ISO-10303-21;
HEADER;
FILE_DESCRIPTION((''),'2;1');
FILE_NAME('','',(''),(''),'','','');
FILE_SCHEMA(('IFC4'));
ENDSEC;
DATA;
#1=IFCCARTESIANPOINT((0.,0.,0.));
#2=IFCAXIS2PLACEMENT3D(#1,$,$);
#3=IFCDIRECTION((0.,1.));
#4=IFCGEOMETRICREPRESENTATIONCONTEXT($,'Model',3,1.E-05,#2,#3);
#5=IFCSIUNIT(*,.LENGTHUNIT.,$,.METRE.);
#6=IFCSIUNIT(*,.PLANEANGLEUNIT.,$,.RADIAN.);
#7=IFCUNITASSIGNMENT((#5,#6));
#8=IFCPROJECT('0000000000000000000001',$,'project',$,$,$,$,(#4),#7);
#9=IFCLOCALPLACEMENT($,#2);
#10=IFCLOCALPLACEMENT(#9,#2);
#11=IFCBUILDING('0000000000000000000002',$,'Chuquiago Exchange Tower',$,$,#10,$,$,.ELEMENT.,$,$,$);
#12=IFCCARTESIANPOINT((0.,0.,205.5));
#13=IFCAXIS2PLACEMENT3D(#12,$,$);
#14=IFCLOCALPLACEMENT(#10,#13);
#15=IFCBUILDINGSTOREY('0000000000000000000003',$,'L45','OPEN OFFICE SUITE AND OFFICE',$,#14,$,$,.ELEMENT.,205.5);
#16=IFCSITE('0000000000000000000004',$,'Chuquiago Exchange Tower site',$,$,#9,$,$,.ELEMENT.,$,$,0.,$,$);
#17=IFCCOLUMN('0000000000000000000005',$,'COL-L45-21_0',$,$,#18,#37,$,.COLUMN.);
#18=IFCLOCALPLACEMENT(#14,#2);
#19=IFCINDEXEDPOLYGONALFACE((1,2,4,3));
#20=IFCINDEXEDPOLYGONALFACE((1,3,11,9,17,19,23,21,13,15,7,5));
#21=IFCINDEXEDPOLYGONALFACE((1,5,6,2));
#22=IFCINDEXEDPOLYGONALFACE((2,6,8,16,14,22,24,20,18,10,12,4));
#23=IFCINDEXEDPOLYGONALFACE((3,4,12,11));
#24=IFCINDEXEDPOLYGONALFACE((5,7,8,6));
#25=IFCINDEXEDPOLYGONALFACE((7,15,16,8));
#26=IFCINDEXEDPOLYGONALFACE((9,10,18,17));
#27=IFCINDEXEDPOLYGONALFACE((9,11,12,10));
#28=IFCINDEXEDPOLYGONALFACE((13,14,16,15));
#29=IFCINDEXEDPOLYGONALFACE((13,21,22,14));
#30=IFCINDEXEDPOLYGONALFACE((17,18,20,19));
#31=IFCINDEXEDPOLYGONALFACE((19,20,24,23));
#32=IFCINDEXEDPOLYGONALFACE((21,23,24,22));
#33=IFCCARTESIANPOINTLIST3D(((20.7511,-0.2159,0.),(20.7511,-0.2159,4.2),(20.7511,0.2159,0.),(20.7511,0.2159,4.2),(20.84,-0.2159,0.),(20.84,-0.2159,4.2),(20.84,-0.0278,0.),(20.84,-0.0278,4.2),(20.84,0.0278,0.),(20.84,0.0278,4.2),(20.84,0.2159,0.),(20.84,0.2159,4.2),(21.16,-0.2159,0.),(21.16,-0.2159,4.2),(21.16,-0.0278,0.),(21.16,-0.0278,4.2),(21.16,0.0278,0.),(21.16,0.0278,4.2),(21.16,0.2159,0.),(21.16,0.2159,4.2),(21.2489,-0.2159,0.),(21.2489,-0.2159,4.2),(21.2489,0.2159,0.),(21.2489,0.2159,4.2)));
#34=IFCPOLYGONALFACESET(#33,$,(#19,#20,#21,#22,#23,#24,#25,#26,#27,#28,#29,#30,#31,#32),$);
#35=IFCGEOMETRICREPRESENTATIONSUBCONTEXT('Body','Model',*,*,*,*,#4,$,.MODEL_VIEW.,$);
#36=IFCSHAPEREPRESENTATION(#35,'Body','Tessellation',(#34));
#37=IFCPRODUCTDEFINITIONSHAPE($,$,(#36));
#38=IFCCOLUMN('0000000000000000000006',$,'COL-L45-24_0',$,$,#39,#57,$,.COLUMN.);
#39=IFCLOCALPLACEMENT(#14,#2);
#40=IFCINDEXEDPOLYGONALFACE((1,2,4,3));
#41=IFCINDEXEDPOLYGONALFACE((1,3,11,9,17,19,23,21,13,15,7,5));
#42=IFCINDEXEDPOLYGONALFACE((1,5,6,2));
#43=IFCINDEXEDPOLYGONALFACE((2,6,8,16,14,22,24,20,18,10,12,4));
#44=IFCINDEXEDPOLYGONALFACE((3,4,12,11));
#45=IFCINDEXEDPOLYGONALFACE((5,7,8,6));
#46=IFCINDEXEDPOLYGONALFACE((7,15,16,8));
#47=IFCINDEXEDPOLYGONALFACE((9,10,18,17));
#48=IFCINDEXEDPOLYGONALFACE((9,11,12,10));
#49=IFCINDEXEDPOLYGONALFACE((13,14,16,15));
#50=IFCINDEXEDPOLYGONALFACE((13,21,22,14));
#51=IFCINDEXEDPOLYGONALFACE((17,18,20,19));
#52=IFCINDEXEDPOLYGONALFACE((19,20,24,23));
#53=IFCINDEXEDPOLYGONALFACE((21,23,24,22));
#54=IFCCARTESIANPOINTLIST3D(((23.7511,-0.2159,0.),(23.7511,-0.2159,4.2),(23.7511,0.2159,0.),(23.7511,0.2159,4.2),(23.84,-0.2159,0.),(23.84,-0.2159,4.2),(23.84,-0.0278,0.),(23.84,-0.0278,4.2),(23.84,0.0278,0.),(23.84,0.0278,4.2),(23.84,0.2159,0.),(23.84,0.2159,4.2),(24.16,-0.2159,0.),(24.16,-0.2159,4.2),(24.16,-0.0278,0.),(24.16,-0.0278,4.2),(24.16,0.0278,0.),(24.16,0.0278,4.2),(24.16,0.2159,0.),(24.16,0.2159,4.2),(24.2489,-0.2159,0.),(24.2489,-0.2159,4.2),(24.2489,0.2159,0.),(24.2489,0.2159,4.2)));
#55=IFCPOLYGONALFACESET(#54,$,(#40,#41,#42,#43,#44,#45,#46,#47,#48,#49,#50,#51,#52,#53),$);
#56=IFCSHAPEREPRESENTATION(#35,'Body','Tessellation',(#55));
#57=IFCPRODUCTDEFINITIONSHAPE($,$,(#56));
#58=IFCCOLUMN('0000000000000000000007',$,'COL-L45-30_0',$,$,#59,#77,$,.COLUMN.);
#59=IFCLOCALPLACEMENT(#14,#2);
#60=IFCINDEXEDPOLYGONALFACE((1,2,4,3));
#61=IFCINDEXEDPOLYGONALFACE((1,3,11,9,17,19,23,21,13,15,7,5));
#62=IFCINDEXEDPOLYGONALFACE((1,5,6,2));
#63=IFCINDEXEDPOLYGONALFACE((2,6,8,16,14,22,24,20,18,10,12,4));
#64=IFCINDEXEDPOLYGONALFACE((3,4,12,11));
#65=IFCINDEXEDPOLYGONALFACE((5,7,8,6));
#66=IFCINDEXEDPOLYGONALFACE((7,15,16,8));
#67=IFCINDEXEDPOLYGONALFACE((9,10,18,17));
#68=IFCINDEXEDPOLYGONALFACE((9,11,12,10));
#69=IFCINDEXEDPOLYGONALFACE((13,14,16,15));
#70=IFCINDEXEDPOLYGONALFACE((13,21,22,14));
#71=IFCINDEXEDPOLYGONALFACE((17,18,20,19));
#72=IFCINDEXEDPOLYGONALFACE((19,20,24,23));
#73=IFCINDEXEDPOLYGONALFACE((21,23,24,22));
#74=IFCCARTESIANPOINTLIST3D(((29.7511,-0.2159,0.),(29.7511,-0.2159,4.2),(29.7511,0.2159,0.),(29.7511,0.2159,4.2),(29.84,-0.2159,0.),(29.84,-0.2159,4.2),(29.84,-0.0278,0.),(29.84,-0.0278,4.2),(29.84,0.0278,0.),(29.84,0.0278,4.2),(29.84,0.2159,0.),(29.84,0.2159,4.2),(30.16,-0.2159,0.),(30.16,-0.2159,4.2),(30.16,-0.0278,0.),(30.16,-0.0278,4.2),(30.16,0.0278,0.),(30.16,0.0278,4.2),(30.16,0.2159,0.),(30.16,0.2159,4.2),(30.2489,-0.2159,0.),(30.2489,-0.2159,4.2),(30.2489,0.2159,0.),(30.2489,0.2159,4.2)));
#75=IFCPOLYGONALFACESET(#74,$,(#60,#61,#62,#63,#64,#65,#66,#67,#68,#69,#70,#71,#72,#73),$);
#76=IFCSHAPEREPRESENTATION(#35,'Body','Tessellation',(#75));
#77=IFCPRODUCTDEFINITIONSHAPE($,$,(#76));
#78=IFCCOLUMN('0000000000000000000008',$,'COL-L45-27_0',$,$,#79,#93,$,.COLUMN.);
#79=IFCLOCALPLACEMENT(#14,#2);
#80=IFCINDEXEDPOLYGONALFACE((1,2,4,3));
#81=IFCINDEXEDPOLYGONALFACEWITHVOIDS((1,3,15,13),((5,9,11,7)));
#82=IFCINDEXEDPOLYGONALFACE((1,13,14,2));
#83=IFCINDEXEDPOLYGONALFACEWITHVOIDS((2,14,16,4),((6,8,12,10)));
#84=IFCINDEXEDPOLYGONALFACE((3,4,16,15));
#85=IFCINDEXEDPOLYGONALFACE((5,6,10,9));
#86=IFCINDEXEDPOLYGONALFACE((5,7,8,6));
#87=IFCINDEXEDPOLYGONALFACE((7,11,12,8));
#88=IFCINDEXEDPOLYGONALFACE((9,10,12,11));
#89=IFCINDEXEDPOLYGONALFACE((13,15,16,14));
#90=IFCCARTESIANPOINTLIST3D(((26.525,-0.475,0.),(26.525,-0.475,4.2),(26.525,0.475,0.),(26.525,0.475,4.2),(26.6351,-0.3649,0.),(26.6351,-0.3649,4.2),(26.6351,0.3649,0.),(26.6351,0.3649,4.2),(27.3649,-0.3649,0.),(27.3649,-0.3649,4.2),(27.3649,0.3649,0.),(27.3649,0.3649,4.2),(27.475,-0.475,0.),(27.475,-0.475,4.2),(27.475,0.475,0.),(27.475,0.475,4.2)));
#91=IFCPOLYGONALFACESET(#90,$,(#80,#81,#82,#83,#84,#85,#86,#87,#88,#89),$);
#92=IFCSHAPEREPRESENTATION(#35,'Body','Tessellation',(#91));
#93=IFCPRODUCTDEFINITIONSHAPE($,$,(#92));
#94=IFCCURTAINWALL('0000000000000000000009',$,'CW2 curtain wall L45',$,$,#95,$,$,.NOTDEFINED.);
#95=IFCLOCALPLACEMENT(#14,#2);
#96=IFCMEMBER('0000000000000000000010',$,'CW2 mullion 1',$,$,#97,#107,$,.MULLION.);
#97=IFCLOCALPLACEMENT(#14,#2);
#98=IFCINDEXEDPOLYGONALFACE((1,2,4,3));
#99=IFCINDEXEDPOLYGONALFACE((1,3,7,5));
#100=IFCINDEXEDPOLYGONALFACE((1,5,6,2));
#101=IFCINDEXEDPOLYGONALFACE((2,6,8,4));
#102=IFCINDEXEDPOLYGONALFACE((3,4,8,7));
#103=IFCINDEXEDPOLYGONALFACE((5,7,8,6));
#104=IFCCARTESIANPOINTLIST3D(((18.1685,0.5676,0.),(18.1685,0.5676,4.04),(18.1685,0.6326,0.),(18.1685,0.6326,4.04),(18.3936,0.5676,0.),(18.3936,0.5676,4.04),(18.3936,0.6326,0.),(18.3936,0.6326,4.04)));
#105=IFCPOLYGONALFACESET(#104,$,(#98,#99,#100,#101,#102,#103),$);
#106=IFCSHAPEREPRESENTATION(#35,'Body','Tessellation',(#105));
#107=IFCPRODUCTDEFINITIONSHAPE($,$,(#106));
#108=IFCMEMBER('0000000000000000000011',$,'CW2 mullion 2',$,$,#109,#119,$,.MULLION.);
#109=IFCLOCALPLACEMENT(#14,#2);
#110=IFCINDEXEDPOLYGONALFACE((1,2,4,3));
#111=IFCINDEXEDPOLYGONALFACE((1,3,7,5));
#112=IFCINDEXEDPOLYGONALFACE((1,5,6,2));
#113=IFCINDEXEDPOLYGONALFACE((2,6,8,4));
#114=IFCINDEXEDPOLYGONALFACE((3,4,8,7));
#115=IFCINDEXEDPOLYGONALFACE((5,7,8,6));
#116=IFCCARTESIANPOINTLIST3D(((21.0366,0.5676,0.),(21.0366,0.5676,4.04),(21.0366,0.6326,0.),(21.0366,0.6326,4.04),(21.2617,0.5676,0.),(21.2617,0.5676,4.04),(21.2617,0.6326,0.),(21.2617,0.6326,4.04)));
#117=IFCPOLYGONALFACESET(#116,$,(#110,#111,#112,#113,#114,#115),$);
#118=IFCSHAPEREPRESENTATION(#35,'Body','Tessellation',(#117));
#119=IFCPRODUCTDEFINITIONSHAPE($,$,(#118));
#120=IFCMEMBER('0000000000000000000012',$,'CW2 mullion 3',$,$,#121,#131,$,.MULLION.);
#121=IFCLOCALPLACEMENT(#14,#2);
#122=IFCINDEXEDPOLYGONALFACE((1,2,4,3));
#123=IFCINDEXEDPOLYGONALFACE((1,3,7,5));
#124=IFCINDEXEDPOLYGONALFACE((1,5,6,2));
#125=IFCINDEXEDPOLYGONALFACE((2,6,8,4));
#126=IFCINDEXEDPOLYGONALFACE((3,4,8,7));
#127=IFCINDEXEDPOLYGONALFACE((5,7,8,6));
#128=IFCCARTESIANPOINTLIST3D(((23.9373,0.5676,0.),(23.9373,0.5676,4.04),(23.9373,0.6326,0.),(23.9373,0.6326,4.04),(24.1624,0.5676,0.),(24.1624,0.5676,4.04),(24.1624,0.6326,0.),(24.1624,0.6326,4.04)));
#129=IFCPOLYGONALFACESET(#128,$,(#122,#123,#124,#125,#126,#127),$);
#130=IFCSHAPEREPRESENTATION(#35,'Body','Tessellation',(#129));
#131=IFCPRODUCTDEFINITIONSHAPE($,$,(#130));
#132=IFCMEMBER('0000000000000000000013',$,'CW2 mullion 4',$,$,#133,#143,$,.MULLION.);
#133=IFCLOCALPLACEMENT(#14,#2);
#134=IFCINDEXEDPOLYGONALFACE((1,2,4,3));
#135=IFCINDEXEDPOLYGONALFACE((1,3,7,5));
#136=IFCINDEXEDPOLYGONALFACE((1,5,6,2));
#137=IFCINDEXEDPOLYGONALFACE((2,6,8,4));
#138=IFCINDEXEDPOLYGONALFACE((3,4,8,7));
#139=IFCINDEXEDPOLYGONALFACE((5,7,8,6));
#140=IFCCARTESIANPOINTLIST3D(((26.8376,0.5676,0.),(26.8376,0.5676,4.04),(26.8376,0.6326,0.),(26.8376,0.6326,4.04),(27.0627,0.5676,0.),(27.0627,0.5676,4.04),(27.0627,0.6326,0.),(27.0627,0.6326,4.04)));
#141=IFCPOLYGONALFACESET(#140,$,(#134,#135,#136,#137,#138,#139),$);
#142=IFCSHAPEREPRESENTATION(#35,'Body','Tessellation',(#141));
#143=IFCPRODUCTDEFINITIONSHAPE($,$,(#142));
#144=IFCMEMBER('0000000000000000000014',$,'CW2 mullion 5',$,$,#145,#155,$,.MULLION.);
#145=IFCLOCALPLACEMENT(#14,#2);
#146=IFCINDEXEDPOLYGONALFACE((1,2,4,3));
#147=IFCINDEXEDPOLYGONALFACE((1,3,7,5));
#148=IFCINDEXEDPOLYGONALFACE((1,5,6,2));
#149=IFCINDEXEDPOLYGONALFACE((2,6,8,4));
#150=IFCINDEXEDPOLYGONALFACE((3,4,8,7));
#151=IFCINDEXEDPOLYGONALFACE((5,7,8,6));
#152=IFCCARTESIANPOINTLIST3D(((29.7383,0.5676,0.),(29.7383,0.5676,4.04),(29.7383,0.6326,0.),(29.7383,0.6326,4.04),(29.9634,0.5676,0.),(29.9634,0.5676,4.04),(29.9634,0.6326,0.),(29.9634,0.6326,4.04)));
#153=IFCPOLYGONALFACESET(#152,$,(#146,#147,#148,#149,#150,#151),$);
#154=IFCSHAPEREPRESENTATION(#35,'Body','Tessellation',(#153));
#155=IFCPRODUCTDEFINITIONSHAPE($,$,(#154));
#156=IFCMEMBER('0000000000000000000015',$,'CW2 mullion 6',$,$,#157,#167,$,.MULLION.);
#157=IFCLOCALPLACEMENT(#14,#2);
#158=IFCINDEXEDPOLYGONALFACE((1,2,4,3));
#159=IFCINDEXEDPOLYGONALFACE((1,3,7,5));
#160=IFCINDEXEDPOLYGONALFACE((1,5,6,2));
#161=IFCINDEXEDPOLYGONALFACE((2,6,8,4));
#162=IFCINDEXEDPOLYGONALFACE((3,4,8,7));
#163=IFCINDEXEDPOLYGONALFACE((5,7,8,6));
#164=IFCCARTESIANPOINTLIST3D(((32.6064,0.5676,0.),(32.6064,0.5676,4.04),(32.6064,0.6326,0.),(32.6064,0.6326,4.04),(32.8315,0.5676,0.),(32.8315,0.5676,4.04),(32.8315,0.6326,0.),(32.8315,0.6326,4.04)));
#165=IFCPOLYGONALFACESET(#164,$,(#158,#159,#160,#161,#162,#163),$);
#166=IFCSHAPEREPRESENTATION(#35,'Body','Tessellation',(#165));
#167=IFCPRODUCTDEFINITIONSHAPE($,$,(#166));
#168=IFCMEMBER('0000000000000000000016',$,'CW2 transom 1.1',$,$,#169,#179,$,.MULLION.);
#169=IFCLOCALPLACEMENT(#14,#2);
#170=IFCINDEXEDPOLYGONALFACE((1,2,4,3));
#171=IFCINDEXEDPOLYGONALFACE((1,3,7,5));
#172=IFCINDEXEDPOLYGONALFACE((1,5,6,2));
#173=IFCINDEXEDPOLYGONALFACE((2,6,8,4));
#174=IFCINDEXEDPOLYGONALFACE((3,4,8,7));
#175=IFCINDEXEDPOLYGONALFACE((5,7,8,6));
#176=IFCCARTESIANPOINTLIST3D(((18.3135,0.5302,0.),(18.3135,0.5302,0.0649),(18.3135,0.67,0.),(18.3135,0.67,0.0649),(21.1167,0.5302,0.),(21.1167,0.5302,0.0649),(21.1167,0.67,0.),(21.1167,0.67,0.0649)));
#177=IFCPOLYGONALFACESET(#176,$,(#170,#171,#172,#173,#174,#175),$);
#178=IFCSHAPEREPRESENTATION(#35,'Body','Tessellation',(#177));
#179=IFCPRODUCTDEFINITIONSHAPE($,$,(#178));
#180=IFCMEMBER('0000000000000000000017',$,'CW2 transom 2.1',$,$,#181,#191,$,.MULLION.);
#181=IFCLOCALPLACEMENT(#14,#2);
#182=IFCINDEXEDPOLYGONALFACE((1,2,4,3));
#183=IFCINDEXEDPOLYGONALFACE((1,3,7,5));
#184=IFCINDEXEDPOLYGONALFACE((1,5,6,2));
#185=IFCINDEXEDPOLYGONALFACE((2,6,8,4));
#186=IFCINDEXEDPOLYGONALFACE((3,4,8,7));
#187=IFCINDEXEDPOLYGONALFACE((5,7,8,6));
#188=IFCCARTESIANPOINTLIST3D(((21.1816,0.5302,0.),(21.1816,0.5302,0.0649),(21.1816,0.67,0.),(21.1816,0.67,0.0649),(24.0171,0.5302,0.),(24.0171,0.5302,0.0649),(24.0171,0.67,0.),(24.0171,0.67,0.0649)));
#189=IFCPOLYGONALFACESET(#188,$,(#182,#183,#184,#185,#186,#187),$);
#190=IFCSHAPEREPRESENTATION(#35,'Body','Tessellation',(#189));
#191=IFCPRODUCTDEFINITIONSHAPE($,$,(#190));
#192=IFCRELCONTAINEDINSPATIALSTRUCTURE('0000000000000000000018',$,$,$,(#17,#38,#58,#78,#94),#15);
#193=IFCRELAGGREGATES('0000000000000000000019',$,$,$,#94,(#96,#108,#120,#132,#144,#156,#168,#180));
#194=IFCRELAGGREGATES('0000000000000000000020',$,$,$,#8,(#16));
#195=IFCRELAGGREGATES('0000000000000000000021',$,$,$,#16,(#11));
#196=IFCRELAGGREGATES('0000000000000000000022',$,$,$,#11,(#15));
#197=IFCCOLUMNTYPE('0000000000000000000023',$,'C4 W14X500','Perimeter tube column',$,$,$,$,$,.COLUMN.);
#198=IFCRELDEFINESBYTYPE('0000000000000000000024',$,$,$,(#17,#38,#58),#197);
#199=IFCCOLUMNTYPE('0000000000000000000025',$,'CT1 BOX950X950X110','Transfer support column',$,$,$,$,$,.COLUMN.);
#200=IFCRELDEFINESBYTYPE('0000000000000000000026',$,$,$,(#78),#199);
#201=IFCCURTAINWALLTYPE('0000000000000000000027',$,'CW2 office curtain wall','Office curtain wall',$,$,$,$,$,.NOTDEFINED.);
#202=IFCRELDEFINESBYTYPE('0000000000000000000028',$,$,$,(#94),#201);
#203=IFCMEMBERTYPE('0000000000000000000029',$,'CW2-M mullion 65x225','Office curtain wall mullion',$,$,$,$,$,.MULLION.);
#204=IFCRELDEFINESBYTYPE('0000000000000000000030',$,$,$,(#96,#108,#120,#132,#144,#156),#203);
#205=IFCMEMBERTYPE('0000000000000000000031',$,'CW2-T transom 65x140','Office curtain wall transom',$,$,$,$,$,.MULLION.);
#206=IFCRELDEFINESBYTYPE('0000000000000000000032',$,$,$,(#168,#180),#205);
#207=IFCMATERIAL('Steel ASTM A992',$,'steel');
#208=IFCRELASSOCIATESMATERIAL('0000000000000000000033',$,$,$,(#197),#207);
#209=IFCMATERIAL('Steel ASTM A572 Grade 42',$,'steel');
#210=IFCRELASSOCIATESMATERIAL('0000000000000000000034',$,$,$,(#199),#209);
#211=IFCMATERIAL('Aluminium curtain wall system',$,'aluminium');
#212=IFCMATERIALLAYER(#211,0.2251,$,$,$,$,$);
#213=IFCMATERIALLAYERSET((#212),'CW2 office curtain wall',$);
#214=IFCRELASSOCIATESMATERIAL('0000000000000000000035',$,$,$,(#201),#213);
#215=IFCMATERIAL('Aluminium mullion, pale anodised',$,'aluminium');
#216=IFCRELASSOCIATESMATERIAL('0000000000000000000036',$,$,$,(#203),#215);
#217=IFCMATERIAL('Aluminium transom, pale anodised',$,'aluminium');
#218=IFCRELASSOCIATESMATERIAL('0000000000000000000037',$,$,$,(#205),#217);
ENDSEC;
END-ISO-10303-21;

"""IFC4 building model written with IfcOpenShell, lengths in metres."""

from ifc_helpers import new_model, si_unit, direction, frame, origin, origin_2d, place, context, subcontext, project, spatial, rectangle, hollow_rectangle, i_section, extrude, material, layer, layer_set, material_profile, profile_set, type_object, element, aggregate, save


model = new_model("IFC4")

# Units and contexts
model_context = context("Model", 3, precision=1e-05, world=origin(), true_north=direction((0.0, 1.0)))
body_context = subcontext(model_context, "Body", "Model", "MODEL_VIEW")
ifc_project = project(units=[si_unit("LENGTHUNIT", "METRE"), si_unit("PLANEANGLEUNIT", "RADIAN")], contexts=[model_context])

# Site, building, storey
site_placement = place(None, origin())
site = spatial("IfcSite", under=ifc_project, at=site_placement, Name="Chuquiago Exchange Tower site", CompositionType="ELEMENT", RefElevation=0.0)
building_placement = place(site_placement, origin())
building = spatial("IfcBuilding", under=site, at=building_placement, Name="Chuquiago Exchange Tower", CompositionType="ELEMENT")
storey_placement = place(building_placement, frame((0.0, 0.0, 205.5)))
storey = spatial("IfcBuildingStorey", under=building, at=storey_placement, Name="L45", Description="OPEN OFFICE SUITE AND OFFICE", CompositionType="ELEMENT", Elevation=205.5)

# Columns
ifc_material_1 = material(Name="Steel ASTM A992", Category="steel")
ifc_material_profile_1 = material_profile(ifc_material_1, i_section(OverallWidth=0.4319, OverallDepth=0.4978, WebThickness=0.0557, FlangeThickness=0.0889, at=origin_2d()), Name="W14X500")
ifc_profile_set_1 = profile_set([ifc_material_profile_1], Name="Steel ASTM A992")
column_type_1 = type_object("IfcColumnType", Name="C4 W14X500", Description="Perimeter tube column", PredefinedType="COLUMN", material=ifc_profile_set_1)
for number, where, z_axis, x_axis, name in (
    (1, (21.0, 0.0, 0.0), (0.0, 0.0, 1.0), (0.0, -1.0, 0.0), "COL-L45-21_0"),
    (2, (24.0, 0.0, 0.0), (0.0, 0.0, 1.0), (0.0, -1.0, 0.0), "COL-L45-24_0"),
    (3, (30.0, 0.0, 0.0), (0.0, 0.0, 1.0), (0.0, -1.0, 0.0), "COL-L45-30_0"),
):
    element("IfcColumn", number, at=place(storey_placement, frame(where, z_axis=z_axis, x_axis=x_axis)), inside=storey, type_object=column_type_1, Name=name, PredefinedType="COLUMN", context=body_context, shape_type="SweptSolid", body=[
        extrude(i_section(OverallWidth=0.4319, OverallDepth=0.4978, WebThickness=0.0557, FlangeThickness=0.0889, at=origin_2d()), origin(), (0.0, 0.0, 1.0), 4.2),
    ])
ifc_material_2 = material(Name="Steel ASTM A572 Grade 42", Category="steel")
ifc_material_profile_2 = material_profile(ifc_material_2, hollow_rectangle(XDim=0.95, YDim=0.95, WallThickness=0.1101, at=origin_2d()), Name="BOX950X950X110")
ifc_profile_set_2 = profile_set([ifc_material_profile_2], Name="Steel ASTM A572 Grade 42")
column_type_2 = type_object("IfcColumnType", Name="CT1 BOX950X950X110", Description="Transfer support column", PredefinedType="COLUMN", material=ifc_profile_set_2)
column_placement = place(storey_placement, frame((27.0, 0.0, 0.0), z_axis=(0.0, 0.0, 1.0), x_axis=(0.0, -1.0, 0.0)))
element("IfcColumn", 4, at=column_placement, inside=storey, type_object=column_type_2, Name="COL-L45-27_0", PredefinedType="COLUMN", context=body_context, shape_type="SweptSolid", body=[
    extrude(hollow_rectangle(XDim=0.95, YDim=0.95, WallThickness=0.1101, at=origin_2d()), origin(), (0.0, 0.0, 1.0), 4.2),
])

# Curtain wall, members
ifc_material_3 = material(Name="Aluminium curtain wall system", Category="aluminium")
ifc_layer_1 = layer(ifc_material_3, 0.2251)
ifc_layer_set_1 = layer_set([ifc_layer_1], Name="CW2 office curtain wall")
curtain_wall_type_1 = type_object("IfcCurtainWallType", Name="CW2 office curtain wall", Description="Office curtain wall", PredefinedType="NOTDEFINED", material=ifc_layer_set_1)
curtain_wall_1_placement = place(storey_placement, origin())
curtain_wall_1 = element("IfcCurtainWall", 5, at=curtain_wall_1_placement, inside=storey, type_object=curtain_wall_type_1, Name="CW2 curtain wall L45", PredefinedType="NOTDEFINED")
ifc_material_4 = material(Name="Aluminium mullion, pale anodised", Category="aluminium")
ifc_material_profile_3 = material_profile(ifc_material_4, rectangle(XDim=0.0649, YDim=0.2251, at=origin_2d()), Name="AL 65x225")
ifc_profile_set_3 = profile_set([ifc_material_profile_3], Name="Aluminium mullion, pale anodised")
member_type_1 = type_object("IfcMemberType", Name="CW2-M mullion 65x225", Description="Office curtain wall mullion", PredefinedType="MULLION", material=ifc_profile_set_3)
member_1_placement = place(storey_placement, frame((18.281, 0.6001, 0.0), z_axis=(0.0, 0.0, 1.0), x_axis=(0.0, 1.0, 0.0)))
member_1 = element("IfcMember", 6, at=member_1_placement, type_object=member_type_1, Name="CW2 mullion 1", PredefinedType="MULLION", context=body_context, shape_type="SweptSolid", body=[
    extrude(rectangle(XDim=0.0649, YDim=0.2251, at=origin_2d()), origin(), (0.0, 0.0, 1.0), 4.04),
])
member_2_placement = place(storey_placement, frame((21.1492, 0.6001, 0.0), z_axis=(0.0, 0.0, 1.0), x_axis=(0.0, 1.0, 0.0)))
member_2 = element("IfcMember", 7, at=member_2_placement, type_object=member_type_1, Name="CW2 mullion 2", PredefinedType="MULLION", context=body_context, shape_type="SweptSolid", body=[
    extrude(rectangle(XDim=0.0649, YDim=0.2251, at=origin_2d()), origin(), (0.0, 0.0, 1.0), 4.04),
])
member_3_placement = place(storey_placement, frame((24.0498, 0.6001, 0.0), z_axis=(0.0, 0.0, 1.0), x_axis=(0.0, 1.0, 0.0)))
member_3 = element("IfcMember", 8, at=member_3_placement, type_object=member_type_1, Name="CW2 mullion 3", PredefinedType="MULLION", context=body_context, shape_type="SweptSolid", body=[
    extrude(rectangle(XDim=0.0649, YDim=0.2251, at=origin_2d()), origin(), (0.0, 0.0, 1.0), 4.04),
])
member_4_placement = place(storey_placement, frame((26.9502, 0.6001, 0.0), z_axis=(0.0, 0.0, 1.0), x_axis=(0.0, 1.0, 0.0)))
member_4 = element("IfcMember", 9, at=member_4_placement, type_object=member_type_1, Name="CW2 mullion 4", PredefinedType="MULLION", context=body_context, shape_type="SweptSolid", body=[
    extrude(rectangle(XDim=0.0649, YDim=0.2251, at=origin_2d()), origin(), (0.0, 0.0, 1.0), 4.04),
])
member_5_placement = place(storey_placement, frame((29.8508, 0.6001, 0.0), z_axis=(0.0, 0.0, 1.0), x_axis=(0.0, 1.0, 0.0)))
member_5 = element("IfcMember", 10, at=member_5_placement, type_object=member_type_1, Name="CW2 mullion 5", PredefinedType="MULLION", context=body_context, shape_type="SweptSolid", body=[
    extrude(rectangle(XDim=0.0649, YDim=0.2251, at=origin_2d()), origin(), (0.0, 0.0, 1.0), 4.04),
])
member_6_placement = place(storey_placement, frame((32.719, 0.6001, 0.0), z_axis=(0.0, 0.0, 1.0), x_axis=(0.0, 1.0, 0.0)))
member_6 = element("IfcMember", 11, at=member_6_placement, type_object=member_type_1, Name="CW2 mullion 6", PredefinedType="MULLION", context=body_context, shape_type="SweptSolid", body=[
    extrude(rectangle(XDim=0.0649, YDim=0.2251, at=origin_2d()), origin(), (0.0, 0.0, 1.0), 4.04),
])
ifc_material_5 = material(Name="Aluminium transom, pale anodised", Category="aluminium")
ifc_material_profile_4 = material_profile(ifc_material_5, rectangle(XDim=0.1399, YDim=0.0649, at=origin_2d()), Name="AL 140x65")
ifc_profile_set_4 = profile_set([ifc_material_profile_4], Name="Aluminium transom, pale anodised")
member_type_2 = type_object("IfcMemberType", Name="CW2-T transom 65x140", Description="Office curtain wall transom", PredefinedType="MULLION", material=ifc_profile_set_4)
member_7_placement = place(storey_placement, frame((18.3135, 0.6001, 0.0325), z_axis=(1.0, 0.0, 0.0), x_axis=(0.0, 1.0, 0.0)))
member_7 = element("IfcMember", 12, at=member_7_placement, type_object=member_type_2, Name="CW2 transom 1.1", PredefinedType="MULLION", context=body_context, shape_type="SweptSolid", body=[
    extrude(rectangle(XDim=0.1399, YDim=0.0649, at=origin_2d()), origin(), (0.0, 0.0, 1.0), 2.8032),
])
member_8_placement = place(storey_placement, frame((21.1816, 0.6001, 0.0325), z_axis=(1.0, 0.0, 0.0), x_axis=(0.0, 1.0, 0.0)))
member_8 = element("IfcMember", 13, at=member_8_placement, type_object=member_type_2, Name="CW2 transom 2.1", PredefinedType="MULLION", context=body_context, shape_type="SweptSolid", body=[
    extrude(rectangle(XDim=0.1399, YDim=0.0649, at=origin_2d()), origin(), (0.0, 0.0, 1.0), 2.8354),
])

aggregate(curtain_wall_1, [member_1, member_2, member_3, member_4, member_5, member_6, member_7, member_8])

save(model, "model.ifc")
